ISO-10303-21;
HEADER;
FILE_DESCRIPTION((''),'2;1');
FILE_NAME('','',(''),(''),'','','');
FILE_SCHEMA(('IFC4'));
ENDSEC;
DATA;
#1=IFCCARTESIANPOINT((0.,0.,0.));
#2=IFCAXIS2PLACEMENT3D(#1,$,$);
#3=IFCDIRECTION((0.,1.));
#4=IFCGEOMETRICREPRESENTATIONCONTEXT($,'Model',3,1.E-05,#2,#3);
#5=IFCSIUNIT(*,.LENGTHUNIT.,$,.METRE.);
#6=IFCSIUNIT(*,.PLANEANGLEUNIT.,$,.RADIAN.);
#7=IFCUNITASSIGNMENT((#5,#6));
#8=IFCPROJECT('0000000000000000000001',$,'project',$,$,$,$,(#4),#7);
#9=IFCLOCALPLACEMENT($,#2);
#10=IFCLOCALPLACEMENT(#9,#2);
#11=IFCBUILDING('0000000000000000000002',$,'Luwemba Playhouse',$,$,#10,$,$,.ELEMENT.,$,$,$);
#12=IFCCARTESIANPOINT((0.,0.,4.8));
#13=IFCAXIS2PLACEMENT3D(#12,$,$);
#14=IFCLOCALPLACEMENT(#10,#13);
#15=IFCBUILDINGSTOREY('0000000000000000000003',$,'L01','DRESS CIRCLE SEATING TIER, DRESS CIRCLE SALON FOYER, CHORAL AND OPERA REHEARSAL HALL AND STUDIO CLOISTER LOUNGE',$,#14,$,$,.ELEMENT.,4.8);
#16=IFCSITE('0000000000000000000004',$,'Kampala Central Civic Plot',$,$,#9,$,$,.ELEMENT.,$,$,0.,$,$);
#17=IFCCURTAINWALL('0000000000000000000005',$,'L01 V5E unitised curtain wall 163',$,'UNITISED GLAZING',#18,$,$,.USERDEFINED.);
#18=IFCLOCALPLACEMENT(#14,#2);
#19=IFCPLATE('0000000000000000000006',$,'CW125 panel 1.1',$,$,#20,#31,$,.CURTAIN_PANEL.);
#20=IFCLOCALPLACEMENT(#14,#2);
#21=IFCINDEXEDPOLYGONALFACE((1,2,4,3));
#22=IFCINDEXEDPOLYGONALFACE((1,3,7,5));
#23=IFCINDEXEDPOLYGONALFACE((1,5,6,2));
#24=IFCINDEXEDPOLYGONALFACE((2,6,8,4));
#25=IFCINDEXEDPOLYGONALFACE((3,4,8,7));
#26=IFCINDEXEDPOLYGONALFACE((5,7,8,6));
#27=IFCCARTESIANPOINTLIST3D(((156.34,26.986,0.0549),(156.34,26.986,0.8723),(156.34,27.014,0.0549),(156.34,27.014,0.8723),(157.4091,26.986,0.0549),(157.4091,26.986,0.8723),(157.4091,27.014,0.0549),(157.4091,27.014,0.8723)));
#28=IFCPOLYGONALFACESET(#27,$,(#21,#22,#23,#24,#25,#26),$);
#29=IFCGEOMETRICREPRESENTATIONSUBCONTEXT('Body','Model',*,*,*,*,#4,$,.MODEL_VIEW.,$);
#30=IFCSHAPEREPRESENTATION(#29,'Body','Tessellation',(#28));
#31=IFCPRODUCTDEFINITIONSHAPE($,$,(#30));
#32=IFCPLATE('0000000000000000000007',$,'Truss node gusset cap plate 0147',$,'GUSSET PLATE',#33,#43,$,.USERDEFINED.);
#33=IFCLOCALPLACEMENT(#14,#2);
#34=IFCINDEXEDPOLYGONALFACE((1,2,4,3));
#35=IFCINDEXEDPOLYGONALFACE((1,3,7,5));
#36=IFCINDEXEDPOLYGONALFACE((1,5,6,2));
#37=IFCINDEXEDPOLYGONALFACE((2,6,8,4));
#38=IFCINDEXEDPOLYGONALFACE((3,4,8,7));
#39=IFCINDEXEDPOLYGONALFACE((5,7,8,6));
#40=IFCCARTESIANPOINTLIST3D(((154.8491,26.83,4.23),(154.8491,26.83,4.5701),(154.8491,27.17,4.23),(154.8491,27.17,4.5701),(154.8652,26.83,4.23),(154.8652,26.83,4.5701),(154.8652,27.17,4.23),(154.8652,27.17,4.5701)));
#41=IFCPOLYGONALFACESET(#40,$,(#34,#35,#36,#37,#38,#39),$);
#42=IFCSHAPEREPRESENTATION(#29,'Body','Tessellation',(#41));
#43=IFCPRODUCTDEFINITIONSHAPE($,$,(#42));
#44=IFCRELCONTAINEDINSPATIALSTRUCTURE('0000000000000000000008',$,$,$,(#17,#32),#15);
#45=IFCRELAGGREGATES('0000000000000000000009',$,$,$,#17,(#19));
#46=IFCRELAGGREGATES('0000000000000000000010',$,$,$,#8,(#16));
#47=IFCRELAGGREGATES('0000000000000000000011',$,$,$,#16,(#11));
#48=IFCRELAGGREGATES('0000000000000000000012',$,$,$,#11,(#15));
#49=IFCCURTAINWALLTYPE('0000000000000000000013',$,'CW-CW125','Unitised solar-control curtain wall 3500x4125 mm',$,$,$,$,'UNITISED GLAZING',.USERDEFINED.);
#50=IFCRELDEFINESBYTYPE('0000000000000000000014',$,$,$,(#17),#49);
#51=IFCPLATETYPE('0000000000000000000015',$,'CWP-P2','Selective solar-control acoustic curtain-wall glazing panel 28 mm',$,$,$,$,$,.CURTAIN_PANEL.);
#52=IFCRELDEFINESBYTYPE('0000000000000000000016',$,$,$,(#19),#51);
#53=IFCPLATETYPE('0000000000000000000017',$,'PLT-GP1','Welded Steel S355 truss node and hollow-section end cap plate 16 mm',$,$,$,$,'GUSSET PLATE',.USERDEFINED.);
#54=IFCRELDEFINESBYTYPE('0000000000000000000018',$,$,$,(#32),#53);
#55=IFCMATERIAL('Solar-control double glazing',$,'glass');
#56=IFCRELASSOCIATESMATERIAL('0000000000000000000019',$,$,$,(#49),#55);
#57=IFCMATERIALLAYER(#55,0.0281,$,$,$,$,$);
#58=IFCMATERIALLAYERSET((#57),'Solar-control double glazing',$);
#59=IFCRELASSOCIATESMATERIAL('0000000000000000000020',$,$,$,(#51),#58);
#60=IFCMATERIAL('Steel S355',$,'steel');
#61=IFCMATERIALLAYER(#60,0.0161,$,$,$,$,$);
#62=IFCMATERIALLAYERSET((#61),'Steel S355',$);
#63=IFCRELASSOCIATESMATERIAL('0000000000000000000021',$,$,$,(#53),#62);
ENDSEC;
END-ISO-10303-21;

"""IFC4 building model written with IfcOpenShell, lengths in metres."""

from ifc_helpers import new_model, si_unit, direction, frame, origin, origin_2d, place, context, subcontext, project, spatial, rectangle, extrude, material, layer, layer_set, type_object, element, aggregate, save


model = new_model("IFC4")

# Units and contexts
model_context = context("Model", 3, precision=1e-05, world=origin(), true_north=direction((0.0, 1.0)))
body_context = subcontext(model_context, "Body", "Model", "MODEL_VIEW")
ifc_project = project(units=[si_unit("LENGTHUNIT", "METRE"), si_unit("PLANEANGLEUNIT", "RADIAN")], contexts=[model_context])

# Site, building, storey
site_placement = place(None, origin())
site = spatial("IfcSite", under=ifc_project, at=site_placement, Name="Kampala Central Civic Plot", CompositionType="ELEMENT", RefElevation=0.0)
building_placement = place(site_placement, origin())
building = spatial("IfcBuilding", under=site, at=building_placement, Name="Luwemba Playhouse", CompositionType="ELEMENT")
storey_placement = place(building_placement, frame((0.0, 0.0, 4.8)))
storey = spatial("IfcBuildingStorey", under=building, at=storey_placement, Name="L01", Description="DRESS CIRCLE SEATING TIER, DRESS CIRCLE SALON FOYER, CHORAL AND OPERA REHEARSAL HALL AND STUDIO CLOISTER LOUNGE", CompositionType="ELEMENT", Elevation=4.8)

# Shared definitions
ifc_material_1 = material(Name="Steel S355", Category="steel")

# Shared definitions
ifc_material_2 = material(Name="Solar-control double glazing", Category="glass")

# Curtain wall
curtain_wall_type_1 = type_object("IfcCurtainWallType", Name="CW-CW125", Description="Unitised solar-control curtain wall 3500x4125 mm", ElementType="UNITISED GLAZING", PredefinedType="USERDEFINED", material=ifc_material_2)
curtain_wall_1_placement = place(storey_placement, origin())
curtain_wall_1 = element("IfcCurtainWall", 1, at=curtain_wall_1_placement, inside=storey, type_object=curtain_wall_type_1, Name="L01 V5E unitised curtain wall 163", ObjectType="UNITISED GLAZING", PredefinedType="USERDEFINED")

# Plates
ifc_layer_1 = layer(ifc_material_2, 0.0281)
ifc_layer_set_1 = layer_set([ifc_layer_1], Name="Solar-control double glazing")
plate_type_1 = type_object("IfcPlateType", Name="CWP-P2", Description="Selective solar-control acoustic curtain-wall glazing panel 28 mm", PredefinedType="CURTAIN_PANEL", material=ifc_layer_set_1)
plate_1_placement = place(storey_placement, frame((156.8745, 27.0, 0.0549), z_axis=(0.0, 0.0, 1.0), x_axis=(1.0, 0.0, 0.0)))
plate_1 = element("IfcPlate", 2, at=plate_1_placement, type_object=plate_type_1, Name="CW125 panel 1.1", PredefinedType="CURTAIN_PANEL", context=body_context, shape_type="SweptSolid", body=[
    extrude(rectangle(XDim=1.0691, YDim=0.0281, at=origin_2d()), origin(), (0.0, 0.0, 1.0), 0.8174),
])
aggregate(curtain_wall_1, [plate_1])
ifc_layer_2 = layer(ifc_material_1, 0.0161)
ifc_layer_set_2 = layer_set([ifc_layer_2], Name="Steel S355")
plate_type_2 = type_object("IfcPlateType", Name="PLT-GP1", Description="Welded Steel S355 truss node and hollow-section end cap plate 16 mm", ElementType="GUSSET PLATE", PredefinedType="USERDEFINED", material=ifc_layer_set_2)
plate_2_placement = place(storey_placement, frame((154.8572, 27.0, 4.23), z_axis=(0.0, 0.0, 1.0), x_axis=(1.0, 0.0, 0.0)))
element("IfcPlate", 3, at=plate_2_placement, inside=storey, type_object=plate_type_2, Name="Truss node gusset cap plate 0147", ObjectType="GUSSET PLATE", PredefinedType="USERDEFINED", context=body_context, shape_type="SweptSolid", body=[
    extrude(rectangle(XDim=0.0161, YDim=0.3401, at=origin_2d()), origin(), (0.0, 0.0, 1.0), 0.3401),
])

save(model, "model.ifc")
